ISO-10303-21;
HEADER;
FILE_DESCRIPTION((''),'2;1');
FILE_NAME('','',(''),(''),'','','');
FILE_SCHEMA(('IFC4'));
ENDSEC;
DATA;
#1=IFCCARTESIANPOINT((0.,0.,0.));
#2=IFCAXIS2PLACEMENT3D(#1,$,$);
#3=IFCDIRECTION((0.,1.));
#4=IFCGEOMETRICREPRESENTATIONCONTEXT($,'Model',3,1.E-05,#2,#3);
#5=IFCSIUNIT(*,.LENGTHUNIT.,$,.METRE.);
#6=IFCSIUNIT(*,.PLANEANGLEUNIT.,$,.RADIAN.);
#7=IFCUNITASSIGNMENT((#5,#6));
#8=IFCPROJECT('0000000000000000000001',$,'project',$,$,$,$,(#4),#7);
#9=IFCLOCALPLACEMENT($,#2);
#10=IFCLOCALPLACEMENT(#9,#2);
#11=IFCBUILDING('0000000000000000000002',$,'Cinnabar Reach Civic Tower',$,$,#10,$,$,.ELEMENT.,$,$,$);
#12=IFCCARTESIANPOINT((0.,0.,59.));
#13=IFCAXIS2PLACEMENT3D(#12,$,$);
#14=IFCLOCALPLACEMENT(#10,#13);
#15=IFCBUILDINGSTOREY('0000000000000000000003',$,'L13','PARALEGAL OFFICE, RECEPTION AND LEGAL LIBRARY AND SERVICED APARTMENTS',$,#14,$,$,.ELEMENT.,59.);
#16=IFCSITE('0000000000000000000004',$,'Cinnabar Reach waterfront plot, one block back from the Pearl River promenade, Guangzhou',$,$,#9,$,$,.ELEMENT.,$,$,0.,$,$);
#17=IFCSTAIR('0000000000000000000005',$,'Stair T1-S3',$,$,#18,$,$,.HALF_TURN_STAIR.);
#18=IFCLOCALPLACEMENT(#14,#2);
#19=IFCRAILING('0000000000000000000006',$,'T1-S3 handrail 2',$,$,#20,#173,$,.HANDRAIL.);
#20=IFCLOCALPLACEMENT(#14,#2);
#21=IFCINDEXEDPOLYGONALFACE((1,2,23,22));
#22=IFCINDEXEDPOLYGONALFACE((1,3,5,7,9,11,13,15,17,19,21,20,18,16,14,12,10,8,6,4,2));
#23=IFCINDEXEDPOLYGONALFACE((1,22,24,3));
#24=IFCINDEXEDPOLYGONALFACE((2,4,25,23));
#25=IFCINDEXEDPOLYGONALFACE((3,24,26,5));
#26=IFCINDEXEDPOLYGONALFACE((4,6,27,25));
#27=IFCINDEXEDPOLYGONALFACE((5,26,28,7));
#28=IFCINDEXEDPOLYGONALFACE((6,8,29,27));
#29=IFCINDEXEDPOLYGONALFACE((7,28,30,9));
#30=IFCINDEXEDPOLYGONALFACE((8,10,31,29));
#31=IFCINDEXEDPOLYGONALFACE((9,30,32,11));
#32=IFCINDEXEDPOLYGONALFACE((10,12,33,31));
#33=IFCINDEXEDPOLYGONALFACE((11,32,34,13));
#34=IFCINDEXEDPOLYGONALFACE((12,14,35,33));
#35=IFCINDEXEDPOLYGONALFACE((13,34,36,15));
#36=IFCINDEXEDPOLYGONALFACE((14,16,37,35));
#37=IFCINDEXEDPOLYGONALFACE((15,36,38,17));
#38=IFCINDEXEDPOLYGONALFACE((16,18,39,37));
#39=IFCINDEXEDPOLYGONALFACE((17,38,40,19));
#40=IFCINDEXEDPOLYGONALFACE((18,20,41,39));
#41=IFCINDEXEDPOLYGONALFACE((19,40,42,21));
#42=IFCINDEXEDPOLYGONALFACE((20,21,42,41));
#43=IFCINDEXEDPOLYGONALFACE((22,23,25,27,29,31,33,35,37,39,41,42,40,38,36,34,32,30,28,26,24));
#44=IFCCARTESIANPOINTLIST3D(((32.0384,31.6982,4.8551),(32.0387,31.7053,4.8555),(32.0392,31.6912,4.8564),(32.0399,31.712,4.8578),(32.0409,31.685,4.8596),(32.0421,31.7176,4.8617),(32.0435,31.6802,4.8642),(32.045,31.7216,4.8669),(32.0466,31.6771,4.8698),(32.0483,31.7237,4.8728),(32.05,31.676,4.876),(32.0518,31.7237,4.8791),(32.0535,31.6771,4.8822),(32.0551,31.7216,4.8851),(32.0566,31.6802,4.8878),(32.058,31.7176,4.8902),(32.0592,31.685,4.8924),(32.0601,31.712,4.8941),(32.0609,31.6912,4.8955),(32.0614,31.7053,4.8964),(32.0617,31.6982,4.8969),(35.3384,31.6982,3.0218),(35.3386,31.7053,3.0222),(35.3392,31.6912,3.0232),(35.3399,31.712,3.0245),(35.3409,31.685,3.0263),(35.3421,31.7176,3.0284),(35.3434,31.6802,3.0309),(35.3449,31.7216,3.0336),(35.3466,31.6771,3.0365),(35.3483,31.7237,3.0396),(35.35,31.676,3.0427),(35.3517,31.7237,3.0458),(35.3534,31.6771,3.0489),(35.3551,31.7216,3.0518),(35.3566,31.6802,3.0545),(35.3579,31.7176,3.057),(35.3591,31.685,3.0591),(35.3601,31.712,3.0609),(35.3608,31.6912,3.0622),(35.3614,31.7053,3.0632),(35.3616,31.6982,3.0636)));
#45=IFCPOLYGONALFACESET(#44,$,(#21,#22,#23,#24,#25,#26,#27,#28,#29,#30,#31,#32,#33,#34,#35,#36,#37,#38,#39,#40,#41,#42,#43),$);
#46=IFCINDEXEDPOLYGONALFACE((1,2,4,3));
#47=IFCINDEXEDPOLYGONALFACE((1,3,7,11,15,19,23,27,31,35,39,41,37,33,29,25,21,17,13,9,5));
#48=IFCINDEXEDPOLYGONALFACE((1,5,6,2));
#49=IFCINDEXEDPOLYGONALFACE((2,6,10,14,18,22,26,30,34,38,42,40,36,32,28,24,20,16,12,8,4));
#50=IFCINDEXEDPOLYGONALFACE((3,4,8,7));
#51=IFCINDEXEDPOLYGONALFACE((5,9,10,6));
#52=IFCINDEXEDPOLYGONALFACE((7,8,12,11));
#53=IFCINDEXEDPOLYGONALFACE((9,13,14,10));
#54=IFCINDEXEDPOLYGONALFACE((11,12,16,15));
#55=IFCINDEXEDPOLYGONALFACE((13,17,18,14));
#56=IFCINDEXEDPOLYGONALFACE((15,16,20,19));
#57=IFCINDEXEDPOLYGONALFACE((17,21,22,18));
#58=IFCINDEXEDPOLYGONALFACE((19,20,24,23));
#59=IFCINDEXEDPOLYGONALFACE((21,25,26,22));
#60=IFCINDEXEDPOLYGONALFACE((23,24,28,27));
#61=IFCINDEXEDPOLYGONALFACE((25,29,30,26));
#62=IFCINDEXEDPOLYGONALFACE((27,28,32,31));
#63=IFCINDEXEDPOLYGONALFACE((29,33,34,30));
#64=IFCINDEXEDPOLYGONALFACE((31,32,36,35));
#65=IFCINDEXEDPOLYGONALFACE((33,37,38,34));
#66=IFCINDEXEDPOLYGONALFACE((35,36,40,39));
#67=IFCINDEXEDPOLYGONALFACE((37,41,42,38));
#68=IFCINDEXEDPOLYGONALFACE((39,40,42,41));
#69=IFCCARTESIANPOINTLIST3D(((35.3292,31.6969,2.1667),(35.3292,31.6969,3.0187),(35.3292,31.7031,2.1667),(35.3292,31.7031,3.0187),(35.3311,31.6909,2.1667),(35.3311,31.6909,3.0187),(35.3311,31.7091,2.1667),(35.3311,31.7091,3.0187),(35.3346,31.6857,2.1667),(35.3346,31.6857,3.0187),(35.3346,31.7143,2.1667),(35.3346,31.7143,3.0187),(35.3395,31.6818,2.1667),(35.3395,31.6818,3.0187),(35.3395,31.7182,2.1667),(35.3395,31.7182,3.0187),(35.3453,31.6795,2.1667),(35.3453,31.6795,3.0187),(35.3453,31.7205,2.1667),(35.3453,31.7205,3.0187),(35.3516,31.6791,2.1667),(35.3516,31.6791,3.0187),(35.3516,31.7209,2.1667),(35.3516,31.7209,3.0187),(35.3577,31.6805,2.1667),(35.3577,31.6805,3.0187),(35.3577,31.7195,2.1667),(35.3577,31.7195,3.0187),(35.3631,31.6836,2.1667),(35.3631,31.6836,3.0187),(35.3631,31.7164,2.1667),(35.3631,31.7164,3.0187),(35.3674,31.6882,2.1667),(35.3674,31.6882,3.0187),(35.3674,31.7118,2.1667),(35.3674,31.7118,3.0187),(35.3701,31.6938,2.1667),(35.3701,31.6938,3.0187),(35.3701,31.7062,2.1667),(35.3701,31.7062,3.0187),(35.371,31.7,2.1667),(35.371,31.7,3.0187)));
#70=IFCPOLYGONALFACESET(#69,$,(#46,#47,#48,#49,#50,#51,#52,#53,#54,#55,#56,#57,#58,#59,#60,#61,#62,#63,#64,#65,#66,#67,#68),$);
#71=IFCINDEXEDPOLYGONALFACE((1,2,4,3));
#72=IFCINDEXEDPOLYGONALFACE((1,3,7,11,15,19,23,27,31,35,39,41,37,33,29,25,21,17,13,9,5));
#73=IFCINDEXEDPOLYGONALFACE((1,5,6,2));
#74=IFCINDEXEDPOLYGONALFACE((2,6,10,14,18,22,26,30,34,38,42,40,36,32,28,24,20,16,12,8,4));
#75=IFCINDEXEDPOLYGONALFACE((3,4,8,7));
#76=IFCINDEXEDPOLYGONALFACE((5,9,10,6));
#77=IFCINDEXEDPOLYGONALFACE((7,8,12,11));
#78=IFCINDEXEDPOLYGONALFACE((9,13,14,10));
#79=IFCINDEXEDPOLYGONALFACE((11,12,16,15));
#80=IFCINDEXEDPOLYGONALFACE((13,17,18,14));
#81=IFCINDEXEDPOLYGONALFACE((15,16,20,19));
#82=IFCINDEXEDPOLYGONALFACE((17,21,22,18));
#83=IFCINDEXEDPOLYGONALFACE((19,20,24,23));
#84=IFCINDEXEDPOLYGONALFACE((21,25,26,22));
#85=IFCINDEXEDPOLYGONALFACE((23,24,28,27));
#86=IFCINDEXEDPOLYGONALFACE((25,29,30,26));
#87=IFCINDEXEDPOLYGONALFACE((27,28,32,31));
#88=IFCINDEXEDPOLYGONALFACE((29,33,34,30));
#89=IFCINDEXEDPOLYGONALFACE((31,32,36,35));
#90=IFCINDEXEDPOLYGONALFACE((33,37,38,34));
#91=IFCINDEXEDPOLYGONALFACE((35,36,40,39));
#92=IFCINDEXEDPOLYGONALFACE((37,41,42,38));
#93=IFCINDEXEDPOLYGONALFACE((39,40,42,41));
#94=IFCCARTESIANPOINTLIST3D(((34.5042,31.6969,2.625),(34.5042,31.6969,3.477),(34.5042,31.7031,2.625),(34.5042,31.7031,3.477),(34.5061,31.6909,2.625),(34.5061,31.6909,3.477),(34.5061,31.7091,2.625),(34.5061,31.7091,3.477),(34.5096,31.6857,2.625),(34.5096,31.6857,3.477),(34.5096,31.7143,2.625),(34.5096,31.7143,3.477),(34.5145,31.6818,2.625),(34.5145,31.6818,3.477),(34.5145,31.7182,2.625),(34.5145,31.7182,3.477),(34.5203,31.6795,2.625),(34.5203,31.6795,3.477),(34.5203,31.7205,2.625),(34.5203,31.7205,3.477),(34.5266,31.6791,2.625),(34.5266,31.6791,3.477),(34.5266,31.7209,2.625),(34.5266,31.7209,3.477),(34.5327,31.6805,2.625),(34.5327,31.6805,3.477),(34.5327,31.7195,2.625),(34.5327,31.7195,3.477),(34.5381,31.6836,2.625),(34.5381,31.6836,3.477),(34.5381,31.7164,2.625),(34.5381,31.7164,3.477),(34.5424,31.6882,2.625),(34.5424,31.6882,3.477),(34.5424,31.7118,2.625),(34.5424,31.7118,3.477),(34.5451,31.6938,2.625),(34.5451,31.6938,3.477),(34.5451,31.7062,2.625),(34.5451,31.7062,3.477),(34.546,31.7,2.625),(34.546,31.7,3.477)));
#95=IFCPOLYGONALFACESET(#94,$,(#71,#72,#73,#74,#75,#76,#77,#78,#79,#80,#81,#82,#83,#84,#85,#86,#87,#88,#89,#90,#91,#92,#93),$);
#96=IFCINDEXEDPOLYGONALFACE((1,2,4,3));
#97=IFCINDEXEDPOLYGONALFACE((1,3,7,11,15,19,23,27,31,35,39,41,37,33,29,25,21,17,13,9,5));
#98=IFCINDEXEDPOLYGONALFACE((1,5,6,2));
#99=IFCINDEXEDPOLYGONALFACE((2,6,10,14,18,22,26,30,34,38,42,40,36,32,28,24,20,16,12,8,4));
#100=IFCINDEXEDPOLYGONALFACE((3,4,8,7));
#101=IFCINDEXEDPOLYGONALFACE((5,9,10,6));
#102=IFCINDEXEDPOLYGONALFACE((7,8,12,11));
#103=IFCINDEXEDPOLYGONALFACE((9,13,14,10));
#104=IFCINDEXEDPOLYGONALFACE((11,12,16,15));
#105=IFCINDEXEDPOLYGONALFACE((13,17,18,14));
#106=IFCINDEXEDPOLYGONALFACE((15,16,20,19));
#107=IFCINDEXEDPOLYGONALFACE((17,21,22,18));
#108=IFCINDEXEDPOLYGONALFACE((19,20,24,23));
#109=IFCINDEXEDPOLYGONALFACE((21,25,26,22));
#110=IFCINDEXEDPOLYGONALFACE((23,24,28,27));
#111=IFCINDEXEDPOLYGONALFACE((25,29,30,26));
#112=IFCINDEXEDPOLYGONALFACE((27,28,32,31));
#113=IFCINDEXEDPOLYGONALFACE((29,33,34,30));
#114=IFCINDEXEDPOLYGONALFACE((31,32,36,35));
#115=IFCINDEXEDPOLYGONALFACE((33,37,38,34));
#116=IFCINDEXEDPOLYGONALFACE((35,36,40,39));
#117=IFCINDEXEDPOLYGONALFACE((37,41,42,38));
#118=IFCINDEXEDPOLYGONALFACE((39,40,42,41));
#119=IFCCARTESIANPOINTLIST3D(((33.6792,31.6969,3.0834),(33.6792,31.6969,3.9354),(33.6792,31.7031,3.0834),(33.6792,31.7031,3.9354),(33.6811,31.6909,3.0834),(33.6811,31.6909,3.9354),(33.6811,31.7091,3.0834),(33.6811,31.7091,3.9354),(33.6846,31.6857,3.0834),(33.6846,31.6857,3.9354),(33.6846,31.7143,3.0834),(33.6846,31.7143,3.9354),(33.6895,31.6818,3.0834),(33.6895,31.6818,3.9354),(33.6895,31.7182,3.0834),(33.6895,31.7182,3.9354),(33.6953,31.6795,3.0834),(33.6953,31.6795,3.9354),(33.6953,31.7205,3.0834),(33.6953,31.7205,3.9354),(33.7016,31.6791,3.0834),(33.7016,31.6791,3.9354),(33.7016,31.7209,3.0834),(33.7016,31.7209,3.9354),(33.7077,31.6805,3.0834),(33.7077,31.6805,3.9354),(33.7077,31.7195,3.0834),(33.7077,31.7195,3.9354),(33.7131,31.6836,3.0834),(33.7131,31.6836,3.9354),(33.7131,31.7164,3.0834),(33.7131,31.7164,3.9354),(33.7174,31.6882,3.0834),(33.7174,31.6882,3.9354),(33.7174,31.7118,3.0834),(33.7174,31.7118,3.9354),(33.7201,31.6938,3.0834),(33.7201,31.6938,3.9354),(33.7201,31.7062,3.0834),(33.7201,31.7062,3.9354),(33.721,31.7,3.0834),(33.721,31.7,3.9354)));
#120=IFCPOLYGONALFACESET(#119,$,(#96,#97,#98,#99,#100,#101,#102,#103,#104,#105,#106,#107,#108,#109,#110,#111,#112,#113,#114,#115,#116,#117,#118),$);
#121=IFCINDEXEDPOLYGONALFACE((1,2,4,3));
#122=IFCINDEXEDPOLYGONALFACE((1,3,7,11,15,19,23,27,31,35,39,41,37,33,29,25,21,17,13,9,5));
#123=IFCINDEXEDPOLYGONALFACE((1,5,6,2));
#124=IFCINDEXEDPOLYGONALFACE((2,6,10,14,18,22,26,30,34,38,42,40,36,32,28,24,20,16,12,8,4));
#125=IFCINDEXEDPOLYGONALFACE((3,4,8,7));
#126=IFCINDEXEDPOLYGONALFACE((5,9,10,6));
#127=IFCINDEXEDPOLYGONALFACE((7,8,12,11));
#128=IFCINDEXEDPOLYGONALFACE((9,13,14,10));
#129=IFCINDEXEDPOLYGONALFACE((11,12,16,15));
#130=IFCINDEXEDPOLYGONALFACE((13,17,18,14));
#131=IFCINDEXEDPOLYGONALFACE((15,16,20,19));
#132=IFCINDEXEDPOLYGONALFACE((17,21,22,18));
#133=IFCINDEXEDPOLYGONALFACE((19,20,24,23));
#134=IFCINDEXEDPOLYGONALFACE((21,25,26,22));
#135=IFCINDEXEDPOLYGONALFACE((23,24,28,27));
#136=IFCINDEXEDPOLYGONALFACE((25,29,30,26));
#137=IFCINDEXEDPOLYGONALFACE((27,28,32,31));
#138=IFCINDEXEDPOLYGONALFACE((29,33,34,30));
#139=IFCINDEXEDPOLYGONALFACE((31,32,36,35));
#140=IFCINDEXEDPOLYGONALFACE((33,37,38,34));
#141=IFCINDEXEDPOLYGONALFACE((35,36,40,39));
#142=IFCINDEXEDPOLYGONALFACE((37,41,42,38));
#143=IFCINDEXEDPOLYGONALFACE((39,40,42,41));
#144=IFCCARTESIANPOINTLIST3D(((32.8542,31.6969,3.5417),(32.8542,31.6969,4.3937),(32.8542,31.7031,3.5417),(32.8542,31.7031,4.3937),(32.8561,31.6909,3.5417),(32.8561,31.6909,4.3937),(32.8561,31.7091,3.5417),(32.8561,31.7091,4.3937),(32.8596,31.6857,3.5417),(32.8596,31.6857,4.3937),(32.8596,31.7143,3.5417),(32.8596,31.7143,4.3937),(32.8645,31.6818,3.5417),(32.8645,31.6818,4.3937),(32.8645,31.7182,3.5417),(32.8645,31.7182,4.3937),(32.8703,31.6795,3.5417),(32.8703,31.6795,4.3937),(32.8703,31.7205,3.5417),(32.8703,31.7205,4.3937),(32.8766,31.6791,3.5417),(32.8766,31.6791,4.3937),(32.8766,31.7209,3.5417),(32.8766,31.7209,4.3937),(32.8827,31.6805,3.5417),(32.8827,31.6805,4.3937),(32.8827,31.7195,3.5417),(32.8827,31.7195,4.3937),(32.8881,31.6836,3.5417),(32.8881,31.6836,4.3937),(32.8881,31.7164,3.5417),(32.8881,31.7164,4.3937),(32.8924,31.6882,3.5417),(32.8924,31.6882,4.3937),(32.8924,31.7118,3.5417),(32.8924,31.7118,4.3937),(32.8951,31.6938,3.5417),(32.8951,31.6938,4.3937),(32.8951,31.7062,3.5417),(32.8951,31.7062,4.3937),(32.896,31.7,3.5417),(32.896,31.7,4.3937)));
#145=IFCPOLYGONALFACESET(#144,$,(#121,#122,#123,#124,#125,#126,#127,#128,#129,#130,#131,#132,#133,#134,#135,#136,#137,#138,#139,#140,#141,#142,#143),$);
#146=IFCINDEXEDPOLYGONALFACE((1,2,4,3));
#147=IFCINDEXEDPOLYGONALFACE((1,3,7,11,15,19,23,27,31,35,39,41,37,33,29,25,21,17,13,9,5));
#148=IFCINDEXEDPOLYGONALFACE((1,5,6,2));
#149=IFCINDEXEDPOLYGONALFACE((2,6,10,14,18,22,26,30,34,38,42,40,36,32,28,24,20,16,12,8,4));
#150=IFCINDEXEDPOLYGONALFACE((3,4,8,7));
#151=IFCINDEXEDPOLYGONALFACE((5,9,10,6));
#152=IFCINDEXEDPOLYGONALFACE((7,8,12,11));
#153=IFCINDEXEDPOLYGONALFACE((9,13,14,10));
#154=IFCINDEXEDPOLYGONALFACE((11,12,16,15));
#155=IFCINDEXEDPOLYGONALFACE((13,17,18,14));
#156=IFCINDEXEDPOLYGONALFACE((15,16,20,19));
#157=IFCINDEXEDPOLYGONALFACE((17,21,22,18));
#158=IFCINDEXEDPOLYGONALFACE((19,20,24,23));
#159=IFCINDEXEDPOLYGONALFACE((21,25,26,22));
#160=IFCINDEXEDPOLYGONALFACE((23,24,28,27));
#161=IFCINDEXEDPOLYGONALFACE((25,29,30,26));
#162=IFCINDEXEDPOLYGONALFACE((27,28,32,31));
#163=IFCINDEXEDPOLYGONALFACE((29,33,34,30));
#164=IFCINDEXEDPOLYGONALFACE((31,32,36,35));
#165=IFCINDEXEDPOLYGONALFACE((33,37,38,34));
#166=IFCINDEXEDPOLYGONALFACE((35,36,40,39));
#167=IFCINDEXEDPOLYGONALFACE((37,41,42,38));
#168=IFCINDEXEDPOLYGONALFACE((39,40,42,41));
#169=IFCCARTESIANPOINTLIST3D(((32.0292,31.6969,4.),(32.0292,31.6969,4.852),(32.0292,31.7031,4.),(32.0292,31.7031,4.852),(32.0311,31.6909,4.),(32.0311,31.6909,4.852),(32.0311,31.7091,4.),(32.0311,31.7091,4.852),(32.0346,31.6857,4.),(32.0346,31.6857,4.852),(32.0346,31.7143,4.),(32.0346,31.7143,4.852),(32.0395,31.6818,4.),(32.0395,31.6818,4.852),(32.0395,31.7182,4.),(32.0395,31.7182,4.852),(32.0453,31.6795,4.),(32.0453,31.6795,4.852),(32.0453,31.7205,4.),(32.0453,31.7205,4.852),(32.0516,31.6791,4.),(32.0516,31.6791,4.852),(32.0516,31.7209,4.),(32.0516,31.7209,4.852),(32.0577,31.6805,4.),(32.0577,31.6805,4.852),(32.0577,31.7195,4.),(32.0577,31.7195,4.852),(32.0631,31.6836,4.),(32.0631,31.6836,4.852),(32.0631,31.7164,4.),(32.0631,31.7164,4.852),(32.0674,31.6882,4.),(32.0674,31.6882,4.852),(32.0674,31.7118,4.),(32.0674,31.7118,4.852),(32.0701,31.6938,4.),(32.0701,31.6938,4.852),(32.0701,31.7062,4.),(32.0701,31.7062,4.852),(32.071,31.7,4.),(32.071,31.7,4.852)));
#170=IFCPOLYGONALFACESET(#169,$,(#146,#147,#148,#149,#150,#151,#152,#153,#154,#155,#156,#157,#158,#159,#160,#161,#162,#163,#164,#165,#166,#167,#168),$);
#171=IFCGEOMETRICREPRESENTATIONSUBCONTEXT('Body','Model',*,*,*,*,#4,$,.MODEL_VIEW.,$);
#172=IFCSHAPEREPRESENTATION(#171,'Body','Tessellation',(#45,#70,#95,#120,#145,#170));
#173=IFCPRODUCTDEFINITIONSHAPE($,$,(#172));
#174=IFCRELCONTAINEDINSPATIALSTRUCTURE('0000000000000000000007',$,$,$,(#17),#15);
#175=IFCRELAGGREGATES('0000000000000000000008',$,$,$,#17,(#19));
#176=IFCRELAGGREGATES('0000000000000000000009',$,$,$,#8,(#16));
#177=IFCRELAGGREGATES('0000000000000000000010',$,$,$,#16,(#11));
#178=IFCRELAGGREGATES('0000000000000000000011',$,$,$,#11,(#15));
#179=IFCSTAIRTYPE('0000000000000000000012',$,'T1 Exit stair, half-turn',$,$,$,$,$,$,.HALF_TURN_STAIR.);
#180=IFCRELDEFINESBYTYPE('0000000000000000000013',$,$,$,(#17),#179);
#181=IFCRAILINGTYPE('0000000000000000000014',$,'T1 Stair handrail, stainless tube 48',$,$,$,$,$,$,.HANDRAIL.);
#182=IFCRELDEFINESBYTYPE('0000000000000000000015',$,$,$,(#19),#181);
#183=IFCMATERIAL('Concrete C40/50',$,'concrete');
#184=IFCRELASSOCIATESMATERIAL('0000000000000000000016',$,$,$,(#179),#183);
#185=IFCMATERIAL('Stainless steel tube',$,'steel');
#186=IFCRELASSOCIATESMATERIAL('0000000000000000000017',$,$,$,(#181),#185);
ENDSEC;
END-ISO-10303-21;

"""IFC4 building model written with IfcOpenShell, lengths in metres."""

from ifc_helpers import new_model, si_unit, direction, frame, origin, origin_2d, place, context, subcontext, project, spatial, circle, extrude, material, type_object, element, aggregate, save


model = new_model("IFC4")

# Units and contexts
model_context = context("Model", 3, precision=1e-05, world=origin(), true_north=direction((0.0, 1.0)))
body_context = subcontext(model_context, "Body", "Model", "MODEL_VIEW")
ifc_project = project(units=[si_unit("LENGTHUNIT", "METRE"), si_unit("PLANEANGLEUNIT", "RADIAN")], contexts=[model_context])

# Site, building, storey
site_placement = place(None, origin())
site = spatial("IfcSite", under=ifc_project, at=site_placement, Name="Cinnabar Reach waterfront plot, one block back from the Pearl River promenade, Guangzhou", CompositionType="ELEMENT", RefElevation=0.0)
building_placement = place(site_placement, origin())
building = spatial("IfcBuilding", under=site, at=building_placement, Name="Cinnabar Reach Civic Tower", CompositionType="ELEMENT")
storey_placement = place(building_placement, frame((0.0, 0.0, 59.0)))
storey = spatial("IfcBuildingStorey", under=building, at=storey_placement, Name="L13", Description="PARALEGAL OFFICE, RECEPTION AND LEGAL LIBRARY AND SERVICED APARTMENTS", CompositionType="ELEMENT", Elevation=59.0)

# Stair, railing
ifc_material_1 = material(Name="Concrete C40/50", Category="concrete")
stair_type = type_object("IfcStairType", Name="T1 Exit stair, half-turn", PredefinedType="HALF_TURN_STAIR", material=ifc_material_1)
stair_placement = place(storey_placement, origin())
stair = element("IfcStair", 1, at=stair_placement, inside=storey, type_object=stair_type, Name="Stair T1-S3", PredefinedType="HALF_TURN_STAIR")
ifc_material_2 = material(Name="Stainless steel tube", Category="steel")
railing_type = type_object("IfcRailingType", Name="T1 Stair handrail, stainless tube 48", PredefinedType="HANDRAIL", material=ifc_material_2)
railing_1_placement = place(storey_placement, frame((35.35, 31.7, 2.1667)))
railing_1 = element("IfcRailing", 2, at=railing_1_placement, type_object=railing_type, Name="T1-S3 handrail 2", PredefinedType="HANDRAIL", context=body_context, shape_type="SweptSolid", body=[
    extrude(circle(Radius=0.024, at=origin_2d()), frame((0.0, 0.0, 0.876), z_axis=(-0.874161, 0.0, 0.485636), x_axis=(0.0, -1.0, 0.0)), (0.0, 0.0, 1.0), 3.775),
    extrude(circle(Radius=0.021, at=origin_2d()), origin(), (0.0, 0.0, 1.0), 0.852),
    extrude(circle(Radius=0.021, at=origin_2d()), frame((-0.825, 0.0, 0.4583)), (0.0, 0.0, 1.0), 0.852),
    extrude(circle(Radius=0.021, at=origin_2d()), frame((-1.65, 0.0, 0.9167)), (0.0, 0.0, 1.0), 0.852),
    extrude(circle(Radius=0.021, at=origin_2d()), frame((-2.475, 0.0, 1.375)), (0.0, 0.0, 1.0), 0.852),
    extrude(circle(Radius=0.021, at=origin_2d()), frame((-3.3, 0.0, 1.8333)), (0.0, 0.0, 1.0), 0.852),
])
aggregate(stair, [railing_1])

save(model, "model.ifc")
